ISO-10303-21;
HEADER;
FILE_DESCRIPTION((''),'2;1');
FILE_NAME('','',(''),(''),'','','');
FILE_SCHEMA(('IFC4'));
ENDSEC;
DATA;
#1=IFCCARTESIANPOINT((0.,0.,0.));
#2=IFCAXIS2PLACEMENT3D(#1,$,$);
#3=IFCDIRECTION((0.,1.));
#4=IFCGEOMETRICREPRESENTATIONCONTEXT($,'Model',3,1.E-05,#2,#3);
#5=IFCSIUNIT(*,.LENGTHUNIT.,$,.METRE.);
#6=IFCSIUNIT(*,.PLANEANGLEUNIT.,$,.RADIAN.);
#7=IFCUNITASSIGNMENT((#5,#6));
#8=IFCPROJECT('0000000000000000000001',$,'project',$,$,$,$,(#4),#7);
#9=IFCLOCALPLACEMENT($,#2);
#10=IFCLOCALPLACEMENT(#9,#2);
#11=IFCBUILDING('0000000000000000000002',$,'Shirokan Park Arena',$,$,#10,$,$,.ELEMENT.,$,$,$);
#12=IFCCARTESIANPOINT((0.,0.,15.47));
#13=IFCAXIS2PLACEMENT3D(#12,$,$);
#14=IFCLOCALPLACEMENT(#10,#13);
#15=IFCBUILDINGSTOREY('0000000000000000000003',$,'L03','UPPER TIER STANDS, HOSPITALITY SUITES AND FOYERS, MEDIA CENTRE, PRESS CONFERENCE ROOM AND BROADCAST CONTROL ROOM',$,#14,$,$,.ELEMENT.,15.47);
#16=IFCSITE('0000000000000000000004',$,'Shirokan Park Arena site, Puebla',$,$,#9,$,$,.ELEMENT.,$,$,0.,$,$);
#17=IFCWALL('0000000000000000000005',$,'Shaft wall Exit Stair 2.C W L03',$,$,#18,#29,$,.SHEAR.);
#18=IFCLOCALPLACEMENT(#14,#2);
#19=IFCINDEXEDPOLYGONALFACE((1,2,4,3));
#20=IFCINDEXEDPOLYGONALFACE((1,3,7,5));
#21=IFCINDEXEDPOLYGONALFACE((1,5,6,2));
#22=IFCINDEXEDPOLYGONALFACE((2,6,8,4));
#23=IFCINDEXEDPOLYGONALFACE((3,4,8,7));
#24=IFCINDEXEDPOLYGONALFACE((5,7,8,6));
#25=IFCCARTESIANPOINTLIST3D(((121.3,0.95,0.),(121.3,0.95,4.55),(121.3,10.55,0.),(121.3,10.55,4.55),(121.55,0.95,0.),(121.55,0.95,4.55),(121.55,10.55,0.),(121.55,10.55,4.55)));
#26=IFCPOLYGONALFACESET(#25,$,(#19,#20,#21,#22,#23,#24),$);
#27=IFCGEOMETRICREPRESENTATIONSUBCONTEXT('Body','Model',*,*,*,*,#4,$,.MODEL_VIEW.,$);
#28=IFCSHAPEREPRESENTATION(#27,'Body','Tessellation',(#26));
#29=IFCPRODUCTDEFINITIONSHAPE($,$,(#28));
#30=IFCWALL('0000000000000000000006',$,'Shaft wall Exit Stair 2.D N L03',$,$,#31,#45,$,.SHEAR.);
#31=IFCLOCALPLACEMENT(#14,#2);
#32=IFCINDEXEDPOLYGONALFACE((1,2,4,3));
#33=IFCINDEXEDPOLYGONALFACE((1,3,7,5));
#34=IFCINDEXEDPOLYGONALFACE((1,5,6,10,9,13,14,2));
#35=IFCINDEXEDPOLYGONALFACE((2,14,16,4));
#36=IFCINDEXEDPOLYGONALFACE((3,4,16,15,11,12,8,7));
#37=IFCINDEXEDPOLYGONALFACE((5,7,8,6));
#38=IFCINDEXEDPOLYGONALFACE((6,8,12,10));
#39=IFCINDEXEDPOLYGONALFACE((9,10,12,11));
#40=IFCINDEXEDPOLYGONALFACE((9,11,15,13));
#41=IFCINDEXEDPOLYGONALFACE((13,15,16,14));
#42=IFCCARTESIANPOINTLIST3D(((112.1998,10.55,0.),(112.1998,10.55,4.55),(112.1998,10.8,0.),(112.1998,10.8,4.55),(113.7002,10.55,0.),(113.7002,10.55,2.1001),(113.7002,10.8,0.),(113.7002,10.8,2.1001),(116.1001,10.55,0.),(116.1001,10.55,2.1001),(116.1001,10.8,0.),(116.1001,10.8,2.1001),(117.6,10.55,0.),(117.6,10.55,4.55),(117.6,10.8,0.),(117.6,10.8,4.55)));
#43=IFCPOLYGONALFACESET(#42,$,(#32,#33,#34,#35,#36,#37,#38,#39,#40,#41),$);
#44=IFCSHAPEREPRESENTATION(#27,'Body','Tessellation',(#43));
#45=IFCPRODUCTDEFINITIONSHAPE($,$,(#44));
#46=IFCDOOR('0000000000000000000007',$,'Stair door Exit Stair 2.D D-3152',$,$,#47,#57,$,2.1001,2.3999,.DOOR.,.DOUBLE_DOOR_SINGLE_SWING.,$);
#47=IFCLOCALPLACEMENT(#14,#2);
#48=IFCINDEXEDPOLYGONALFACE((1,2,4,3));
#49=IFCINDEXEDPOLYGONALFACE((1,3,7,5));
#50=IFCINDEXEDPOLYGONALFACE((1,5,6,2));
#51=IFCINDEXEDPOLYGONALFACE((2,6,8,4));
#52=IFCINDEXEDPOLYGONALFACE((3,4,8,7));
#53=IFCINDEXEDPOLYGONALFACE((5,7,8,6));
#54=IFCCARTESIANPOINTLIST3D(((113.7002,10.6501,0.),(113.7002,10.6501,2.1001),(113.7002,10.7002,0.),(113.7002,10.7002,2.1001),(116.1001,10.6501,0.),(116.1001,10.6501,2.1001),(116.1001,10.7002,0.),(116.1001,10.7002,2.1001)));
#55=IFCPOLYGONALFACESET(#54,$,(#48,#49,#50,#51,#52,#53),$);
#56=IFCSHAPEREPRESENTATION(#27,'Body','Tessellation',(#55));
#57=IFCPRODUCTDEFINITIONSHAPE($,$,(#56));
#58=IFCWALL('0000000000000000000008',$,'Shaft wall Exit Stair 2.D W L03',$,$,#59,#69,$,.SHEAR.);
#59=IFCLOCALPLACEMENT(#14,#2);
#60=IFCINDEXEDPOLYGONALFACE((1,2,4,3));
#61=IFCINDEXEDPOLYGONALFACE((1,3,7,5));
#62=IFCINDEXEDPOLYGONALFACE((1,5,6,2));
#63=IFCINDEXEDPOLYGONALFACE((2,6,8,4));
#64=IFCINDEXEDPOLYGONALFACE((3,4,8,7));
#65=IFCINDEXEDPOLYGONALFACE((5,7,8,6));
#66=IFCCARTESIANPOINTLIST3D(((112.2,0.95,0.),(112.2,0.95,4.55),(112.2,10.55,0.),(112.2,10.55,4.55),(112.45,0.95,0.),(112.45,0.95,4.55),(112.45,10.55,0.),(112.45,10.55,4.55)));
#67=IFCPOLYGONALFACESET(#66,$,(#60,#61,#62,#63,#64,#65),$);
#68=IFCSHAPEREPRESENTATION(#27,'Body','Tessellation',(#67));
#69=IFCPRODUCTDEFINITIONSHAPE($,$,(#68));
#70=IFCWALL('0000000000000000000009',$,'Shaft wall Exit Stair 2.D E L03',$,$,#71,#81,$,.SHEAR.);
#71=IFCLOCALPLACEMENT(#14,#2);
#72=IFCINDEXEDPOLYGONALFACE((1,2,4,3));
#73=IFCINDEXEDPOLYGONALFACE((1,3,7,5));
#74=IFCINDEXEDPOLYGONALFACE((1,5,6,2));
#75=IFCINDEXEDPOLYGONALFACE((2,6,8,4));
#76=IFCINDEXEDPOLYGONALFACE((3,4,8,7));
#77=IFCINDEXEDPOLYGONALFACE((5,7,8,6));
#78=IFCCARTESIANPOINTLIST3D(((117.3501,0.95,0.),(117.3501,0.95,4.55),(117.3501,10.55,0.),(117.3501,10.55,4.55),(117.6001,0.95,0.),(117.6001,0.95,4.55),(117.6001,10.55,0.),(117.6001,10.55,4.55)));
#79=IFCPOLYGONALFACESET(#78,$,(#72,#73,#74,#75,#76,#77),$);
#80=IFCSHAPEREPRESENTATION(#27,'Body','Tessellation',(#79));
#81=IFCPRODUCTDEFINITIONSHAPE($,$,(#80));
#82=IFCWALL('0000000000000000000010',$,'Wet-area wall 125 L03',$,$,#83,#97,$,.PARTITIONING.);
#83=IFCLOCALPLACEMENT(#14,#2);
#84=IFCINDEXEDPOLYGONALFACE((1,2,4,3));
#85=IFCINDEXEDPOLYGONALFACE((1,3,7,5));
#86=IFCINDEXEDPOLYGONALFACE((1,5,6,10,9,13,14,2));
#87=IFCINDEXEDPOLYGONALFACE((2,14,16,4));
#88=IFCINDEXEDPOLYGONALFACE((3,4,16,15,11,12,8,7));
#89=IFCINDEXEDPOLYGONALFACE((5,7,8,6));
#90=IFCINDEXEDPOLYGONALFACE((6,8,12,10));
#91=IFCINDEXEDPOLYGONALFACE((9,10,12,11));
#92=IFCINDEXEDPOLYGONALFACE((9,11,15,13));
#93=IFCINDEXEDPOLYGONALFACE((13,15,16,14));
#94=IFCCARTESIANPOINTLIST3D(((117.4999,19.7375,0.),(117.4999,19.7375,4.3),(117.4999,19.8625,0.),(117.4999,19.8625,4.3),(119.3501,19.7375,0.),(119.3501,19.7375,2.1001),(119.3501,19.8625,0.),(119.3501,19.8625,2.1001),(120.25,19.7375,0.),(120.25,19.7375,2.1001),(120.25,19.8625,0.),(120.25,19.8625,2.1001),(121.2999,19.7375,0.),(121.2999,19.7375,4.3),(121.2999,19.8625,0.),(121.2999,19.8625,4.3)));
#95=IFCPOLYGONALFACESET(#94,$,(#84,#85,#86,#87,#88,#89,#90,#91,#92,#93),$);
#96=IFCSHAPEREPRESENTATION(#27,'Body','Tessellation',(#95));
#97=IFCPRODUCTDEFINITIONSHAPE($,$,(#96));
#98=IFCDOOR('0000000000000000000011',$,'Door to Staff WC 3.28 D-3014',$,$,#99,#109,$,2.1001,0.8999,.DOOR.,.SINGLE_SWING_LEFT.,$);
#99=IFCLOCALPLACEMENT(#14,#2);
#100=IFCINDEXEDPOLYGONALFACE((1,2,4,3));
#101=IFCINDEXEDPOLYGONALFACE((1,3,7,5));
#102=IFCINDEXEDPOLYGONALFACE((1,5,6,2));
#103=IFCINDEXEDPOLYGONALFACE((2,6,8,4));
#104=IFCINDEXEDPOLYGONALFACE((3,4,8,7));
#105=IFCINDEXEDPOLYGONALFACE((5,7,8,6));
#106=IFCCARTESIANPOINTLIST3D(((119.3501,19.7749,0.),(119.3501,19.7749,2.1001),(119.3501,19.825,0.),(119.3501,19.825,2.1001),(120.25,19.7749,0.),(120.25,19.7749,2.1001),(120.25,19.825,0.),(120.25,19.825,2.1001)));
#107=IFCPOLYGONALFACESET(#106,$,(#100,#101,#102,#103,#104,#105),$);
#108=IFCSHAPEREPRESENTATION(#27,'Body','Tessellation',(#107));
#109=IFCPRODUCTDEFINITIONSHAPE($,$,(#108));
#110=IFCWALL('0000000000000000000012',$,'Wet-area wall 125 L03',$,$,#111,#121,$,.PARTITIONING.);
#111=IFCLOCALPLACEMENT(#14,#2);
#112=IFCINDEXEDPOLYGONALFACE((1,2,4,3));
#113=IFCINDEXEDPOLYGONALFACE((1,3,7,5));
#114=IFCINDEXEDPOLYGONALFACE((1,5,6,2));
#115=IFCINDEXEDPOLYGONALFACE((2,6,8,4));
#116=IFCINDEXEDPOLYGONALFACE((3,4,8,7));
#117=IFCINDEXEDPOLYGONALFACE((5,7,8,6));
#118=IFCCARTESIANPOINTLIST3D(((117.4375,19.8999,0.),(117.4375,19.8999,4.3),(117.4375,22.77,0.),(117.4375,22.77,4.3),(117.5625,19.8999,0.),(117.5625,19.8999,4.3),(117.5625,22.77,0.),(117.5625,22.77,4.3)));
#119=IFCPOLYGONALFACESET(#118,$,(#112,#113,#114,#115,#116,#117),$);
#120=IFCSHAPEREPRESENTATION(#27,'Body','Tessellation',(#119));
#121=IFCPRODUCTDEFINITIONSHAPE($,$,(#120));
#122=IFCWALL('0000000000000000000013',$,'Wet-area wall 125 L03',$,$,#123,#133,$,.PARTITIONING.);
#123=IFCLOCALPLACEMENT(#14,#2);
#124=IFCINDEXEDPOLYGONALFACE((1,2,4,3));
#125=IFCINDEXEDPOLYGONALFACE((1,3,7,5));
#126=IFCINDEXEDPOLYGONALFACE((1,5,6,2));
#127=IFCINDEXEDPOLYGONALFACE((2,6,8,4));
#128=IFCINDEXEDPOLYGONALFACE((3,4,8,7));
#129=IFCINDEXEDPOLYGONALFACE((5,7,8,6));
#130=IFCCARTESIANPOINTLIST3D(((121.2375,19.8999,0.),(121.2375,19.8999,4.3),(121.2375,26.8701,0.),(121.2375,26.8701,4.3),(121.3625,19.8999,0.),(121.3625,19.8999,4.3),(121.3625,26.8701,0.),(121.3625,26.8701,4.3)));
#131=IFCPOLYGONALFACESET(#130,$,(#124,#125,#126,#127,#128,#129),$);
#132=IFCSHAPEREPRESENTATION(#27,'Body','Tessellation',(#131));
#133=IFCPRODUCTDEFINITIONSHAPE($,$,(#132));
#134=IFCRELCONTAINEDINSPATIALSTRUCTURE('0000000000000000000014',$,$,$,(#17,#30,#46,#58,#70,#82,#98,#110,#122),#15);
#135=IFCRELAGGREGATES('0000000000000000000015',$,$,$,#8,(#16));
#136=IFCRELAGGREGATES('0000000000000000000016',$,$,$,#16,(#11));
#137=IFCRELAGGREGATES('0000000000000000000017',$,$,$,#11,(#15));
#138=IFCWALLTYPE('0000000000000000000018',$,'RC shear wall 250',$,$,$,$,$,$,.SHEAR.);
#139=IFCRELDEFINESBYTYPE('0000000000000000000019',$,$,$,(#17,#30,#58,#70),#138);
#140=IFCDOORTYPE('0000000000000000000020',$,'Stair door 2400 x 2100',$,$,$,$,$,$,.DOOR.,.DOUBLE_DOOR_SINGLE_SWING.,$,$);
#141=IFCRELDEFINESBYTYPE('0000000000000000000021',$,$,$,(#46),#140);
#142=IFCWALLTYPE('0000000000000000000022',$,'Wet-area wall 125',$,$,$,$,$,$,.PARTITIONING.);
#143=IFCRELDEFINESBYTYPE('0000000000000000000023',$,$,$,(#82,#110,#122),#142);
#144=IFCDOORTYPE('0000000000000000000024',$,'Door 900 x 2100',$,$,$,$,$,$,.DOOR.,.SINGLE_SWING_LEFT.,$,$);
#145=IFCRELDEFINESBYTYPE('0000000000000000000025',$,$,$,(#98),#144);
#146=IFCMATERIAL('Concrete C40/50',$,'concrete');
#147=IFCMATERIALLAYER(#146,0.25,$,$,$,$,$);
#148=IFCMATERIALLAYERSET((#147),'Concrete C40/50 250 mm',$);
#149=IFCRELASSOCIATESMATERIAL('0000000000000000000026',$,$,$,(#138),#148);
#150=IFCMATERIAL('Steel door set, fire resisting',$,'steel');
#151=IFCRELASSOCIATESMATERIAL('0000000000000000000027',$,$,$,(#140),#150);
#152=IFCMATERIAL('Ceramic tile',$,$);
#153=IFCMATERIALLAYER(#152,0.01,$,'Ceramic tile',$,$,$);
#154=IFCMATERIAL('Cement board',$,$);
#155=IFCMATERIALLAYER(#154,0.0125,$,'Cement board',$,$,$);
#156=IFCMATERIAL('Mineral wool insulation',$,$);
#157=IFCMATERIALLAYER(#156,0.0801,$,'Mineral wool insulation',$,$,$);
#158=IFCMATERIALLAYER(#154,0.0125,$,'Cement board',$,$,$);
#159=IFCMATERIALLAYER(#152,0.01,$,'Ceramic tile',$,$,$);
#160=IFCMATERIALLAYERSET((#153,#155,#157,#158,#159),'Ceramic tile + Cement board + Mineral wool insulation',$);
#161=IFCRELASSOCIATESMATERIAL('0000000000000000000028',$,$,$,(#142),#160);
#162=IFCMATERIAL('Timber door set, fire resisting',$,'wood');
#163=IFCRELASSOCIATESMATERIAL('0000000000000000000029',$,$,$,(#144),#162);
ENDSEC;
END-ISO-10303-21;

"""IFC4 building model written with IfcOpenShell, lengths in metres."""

from ifc_helpers import new_model, si_unit, direction, frame, frame_2d, origin, place, context, subcontext, project, spatial, rectangle, extrude, material, layer, layer_set, type_object, element, fill, save


model = new_model("IFC4")

# Units and contexts
model_context = context("Model", 3, precision=1e-05, world=origin(), true_north=direction((0.0, 1.0)))
body_context = subcontext(model_context, "Body", "Model", "MODEL_VIEW")
ifc_project = project(units=[si_unit("LENGTHUNIT", "METRE"), si_unit("PLANEANGLEUNIT", "RADIAN")], contexts=[model_context])

# Site, building, storey
site_placement = place(None, origin())
site = spatial("IfcSite", under=ifc_project, at=site_placement, Name="Shirokan Park Arena site, Puebla", CompositionType="ELEMENT", RefElevation=0.0)
building_placement = place(site_placement, origin())
building = spatial("IfcBuilding", under=site, at=building_placement, Name="Shirokan Park Arena", CompositionType="ELEMENT")
storey_placement = place(building_placement, frame((0.0, 0.0, 15.47)))
storey = spatial("IfcBuildingStorey", under=building, at=storey_placement, Name="L03", Description="UPPER TIER STANDS, HOSPITALITY SUITES AND FOYERS, MEDIA CENTRE, PRESS CONFERENCE ROOM AND BROADCAST CONTROL ROOM", CompositionType="ELEMENT", Elevation=15.47)

# Shared definitions
ifc_material_1 = material(Name="Timber door set, fire resisting", Category="wood")
ifc_material_2 = material(Name="Mineral wool insulation")

# Wall
ifc_material_3 = material(Name="Concrete C40/50", Category="concrete")
ifc_layer_1 = layer(ifc_material_3, 0.25)
ifc_layer_set_1 = layer_set([ifc_layer_1], Name="Concrete C40/50 250 mm")
wall_type_1 = type_object("IfcWallType", Name="RC shear wall 250", PredefinedType="SHEAR", material=ifc_layer_set_1)
wall_1_placement = place(storey_placement, frame((121.425, 10.55, 0.0), z_axis=(0.0, 0.0, 1.0), x_axis=(0.0, -1.0, 0.0)))
element("IfcWall", 1, at=wall_1_placement, inside=storey, type_object=wall_type_1, Name="Shaft wall Exit Stair 2.C W L03", PredefinedType="SHEAR", context=body_context, shape_type="SweptSolid", body=[
    extrude(rectangle(XDim=9.6001, YDim=0.25, at=frame_2d((4.8, 0.0))), origin(), (0.0, 0.0, 1.0), 4.55),
])

# Wall, opening, door
wall_2_placement = place(storey_placement, frame((117.6001, 10.675, 0.0), z_axis=(0.0, 0.0, 1.0), x_axis=(-1.0, 0.0, 0.0)))
wall_2 = element("IfcWall", 2, at=wall_2_placement, inside=storey, type_object=wall_type_1, Name="Shaft wall Exit Stair 2.D N L03", PredefinedType="SHEAR", context=body_context, shape_type="SweptSolid", body=[
    extrude(rectangle(XDim=5.4001, YDim=0.25, at=frame_2d((2.7002, 0.0))), origin(), (0.0, 0.0, 1.0), 4.55),
])
opening_1_placement = place(wall_2_placement, frame((1.5, 0.0, 0.0)))
opening_1 = element("IfcOpeningElement", 3, at=opening_1_placement, cuts=wall_2, PredefinedType="OPENING", context=body_context, shape_type="SweptSolid", body=[
    extrude(rectangle(XDim=2.3999, YDim=2.1001, at=frame_2d((1.2, 1.05))), frame((0.0, 0.135, 0.0), z_axis=(0.0, -1.0, 0.0), x_axis=(1.0, 0.0, 0.0)), (0.0, 0.0, 1.0), 0.27),
])
ifc_material_4 = material(Name="Steel door set, fire resisting", Category="steel")
door_type_1 = type_object("IfcDoorType", Name="Stair door 2400 x 2100", OperationType="DOUBLE_DOOR_SINGLE_SWING", PredefinedType="DOOR", material=ifc_material_4)
door_1_placement = place(opening_1_placement, origin())
door_1 = element("IfcDoor", 4, at=door_1_placement, inside=storey, type_object=door_type_1, Name="Stair door Exit Stair 2.D D-3152", OperationType="DOUBLE_DOOR_SINGLE_SWING", OverallHeight=2.1001, OverallWidth=2.3999, PredefinedType="DOOR", context=body_context, shape_type="SweptSolid", body=[
    extrude(rectangle(XDim=2.3999, YDim=2.1001, at=frame_2d((1.2, 1.05))), frame((0.0, 0.0249, 0.0), z_axis=(0.0, -1.0, 0.0), x_axis=(1.0, 0.0, 0.0)), (0.0, 0.0, 1.0), 0.05),
])
fill(opening_1, door_1)

# Walls
for number, where, z_axis, x_axis, name in (
    (5, (112.325, 10.55, 0.0), (0.0, 0.0, 1.0), (0.0, -1.0, 0.0), "Shaft wall Exit Stair 2.D W L03"),
    (6, (117.4751, 10.55, 0.0), (0.0, 0.0, 1.0), (0.0, -1.0, 0.0), "Shaft wall Exit Stair 2.D E L03"),
):
    element("IfcWall", number, at=place(storey_placement, frame(where, z_axis=z_axis, x_axis=x_axis)), inside=storey, type_object=wall_type_1, Name=name, PredefinedType="SHEAR", context=body_context, shape_type="SweptSolid", body=[
        extrude(rectangle(XDim=9.6001, YDim=0.25, at=frame_2d((4.8, 0.0))), origin(), (0.0, 0.0, 1.0), 4.55),
    ])

# Wall, opening, door
ifc_material_5 = material(Name="Ceramic tile")
ifc_layer_2 = layer(ifc_material_5, 0.01, Name="Ceramic tile")
ifc_material_6 = material(Name="Cement board")
ifc_layer_3 = layer(ifc_material_6, 0.0125, Name="Cement board")
ifc_layer_4 = layer(ifc_material_2, 0.0801, Name="Mineral wool insulation")
ifc_layer_5 = layer(ifc_material_6, 0.0125, Name="Cement board")
ifc_layer_6 = layer(ifc_material_5, 0.01, Name="Ceramic tile")
ifc_layer_set_2 = layer_set([ifc_layer_2, ifc_layer_3, ifc_layer_4, ifc_layer_5, ifc_layer_6], Name="Ceramic tile + Cement board + Mineral wool insulation")
wall_type_2 = type_object("IfcWallType", Name="Wet-area wall 125", PredefinedType="PARTITIONING", material=ifc_layer_set_2)
wall_3_placement = place(storey_placement, frame((117.5, 19.8, 0.0), z_axis=(0.0, 0.0, 1.0), x_axis=(1.0, 0.0, 0.0)))
wall_3 = element("IfcWall", 7, at=wall_3_placement, inside=storey, type_object=wall_type_2, Name="Wet-area wall 125 L03", PredefinedType="PARTITIONING", context=body_context, shape_type="SweptSolid", body=[
    extrude(rectangle(XDim=3.8, YDim=0.125, at=frame_2d((1.8999, 0.0))), origin(), (0.0, 0.0, 1.0), 4.3),
])
opening_2_placement = place(wall_3_placement, frame((1.8501, 0.0, 0.0)))
opening_2 = element("IfcOpeningElement", 8, at=opening_2_placement, cuts=wall_3, PredefinedType="OPENING", context=body_context, shape_type="SweptSolid", body=[
    extrude(rectangle(XDim=0.8999, YDim=2.1001, at=frame_2d((0.45, 1.05))), frame((0.0, 0.0725, 0.0), z_axis=(0.0, -1.0, 0.0), x_axis=(1.0, 0.0, 0.0)), (0.0, 0.0, 1.0), 0.145),
])
door_type_2 = type_object("IfcDoorType", Name="Door 900 x 2100", OperationType="SINGLE_SWING_LEFT", PredefinedType="DOOR", material=ifc_material_1)
door_2_placement = place(opening_2_placement, origin())
door_2 = element("IfcDoor", 9, at=door_2_placement, inside=storey, type_object=door_type_2, Name="Door to Staff WC 3.28 D-3014", OperationType="SINGLE_SWING_LEFT", OverallHeight=2.1001, OverallWidth=0.8999, PredefinedType="DOOR", context=body_context, shape_type="SweptSolid", body=[
    extrude(rectangle(XDim=0.8999, YDim=2.1001, at=frame_2d((0.45, 1.05))), frame((0.0, 0.0249, 0.0), z_axis=(0.0, -1.0, 0.0), x_axis=(1.0, 0.0, 0.0)), (0.0, 0.0, 1.0), 0.05),
])
fill(opening_2, door_2)

# Walls
wall_4_placement = place(storey_placement, frame((117.5, 19.8999, 0.0), z_axis=(0.0, 0.0, 1.0), x_axis=(0.0, 1.0, 0.0)))
element("IfcWall", 10, at=wall_4_placement, inside=storey, type_object=wall_type_2, Name="Wet-area wall 125 L03", PredefinedType="PARTITIONING", context=body_context, shape_type="SweptSolid", body=[
    extrude(rectangle(XDim=2.8701, YDim=0.125, at=frame_2d((1.4351, 0.0))), origin(), (0.0, 0.0, 1.0), 4.3),
])
wall_5_placement = place(storey_placement, frame((121.3, 19.8999, 0.0), z_axis=(0.0, 0.0, 1.0), x_axis=(0.0, 1.0, 0.0)))
element("IfcWall", 11, at=wall_5_placement, inside=storey, type_object=wall_type_2, Name="Wet-area wall 125 L03", PredefinedType="PARTITIONING", context=body_context, shape_type="SweptSolid", body=[
    extrude(rectangle(XDim=6.9702, YDim=0.125, at=frame_2d((3.4851, 0.0))), origin(), (0.0, 0.0, 1.0), 4.3),
])

save(model, "model.ifc")
